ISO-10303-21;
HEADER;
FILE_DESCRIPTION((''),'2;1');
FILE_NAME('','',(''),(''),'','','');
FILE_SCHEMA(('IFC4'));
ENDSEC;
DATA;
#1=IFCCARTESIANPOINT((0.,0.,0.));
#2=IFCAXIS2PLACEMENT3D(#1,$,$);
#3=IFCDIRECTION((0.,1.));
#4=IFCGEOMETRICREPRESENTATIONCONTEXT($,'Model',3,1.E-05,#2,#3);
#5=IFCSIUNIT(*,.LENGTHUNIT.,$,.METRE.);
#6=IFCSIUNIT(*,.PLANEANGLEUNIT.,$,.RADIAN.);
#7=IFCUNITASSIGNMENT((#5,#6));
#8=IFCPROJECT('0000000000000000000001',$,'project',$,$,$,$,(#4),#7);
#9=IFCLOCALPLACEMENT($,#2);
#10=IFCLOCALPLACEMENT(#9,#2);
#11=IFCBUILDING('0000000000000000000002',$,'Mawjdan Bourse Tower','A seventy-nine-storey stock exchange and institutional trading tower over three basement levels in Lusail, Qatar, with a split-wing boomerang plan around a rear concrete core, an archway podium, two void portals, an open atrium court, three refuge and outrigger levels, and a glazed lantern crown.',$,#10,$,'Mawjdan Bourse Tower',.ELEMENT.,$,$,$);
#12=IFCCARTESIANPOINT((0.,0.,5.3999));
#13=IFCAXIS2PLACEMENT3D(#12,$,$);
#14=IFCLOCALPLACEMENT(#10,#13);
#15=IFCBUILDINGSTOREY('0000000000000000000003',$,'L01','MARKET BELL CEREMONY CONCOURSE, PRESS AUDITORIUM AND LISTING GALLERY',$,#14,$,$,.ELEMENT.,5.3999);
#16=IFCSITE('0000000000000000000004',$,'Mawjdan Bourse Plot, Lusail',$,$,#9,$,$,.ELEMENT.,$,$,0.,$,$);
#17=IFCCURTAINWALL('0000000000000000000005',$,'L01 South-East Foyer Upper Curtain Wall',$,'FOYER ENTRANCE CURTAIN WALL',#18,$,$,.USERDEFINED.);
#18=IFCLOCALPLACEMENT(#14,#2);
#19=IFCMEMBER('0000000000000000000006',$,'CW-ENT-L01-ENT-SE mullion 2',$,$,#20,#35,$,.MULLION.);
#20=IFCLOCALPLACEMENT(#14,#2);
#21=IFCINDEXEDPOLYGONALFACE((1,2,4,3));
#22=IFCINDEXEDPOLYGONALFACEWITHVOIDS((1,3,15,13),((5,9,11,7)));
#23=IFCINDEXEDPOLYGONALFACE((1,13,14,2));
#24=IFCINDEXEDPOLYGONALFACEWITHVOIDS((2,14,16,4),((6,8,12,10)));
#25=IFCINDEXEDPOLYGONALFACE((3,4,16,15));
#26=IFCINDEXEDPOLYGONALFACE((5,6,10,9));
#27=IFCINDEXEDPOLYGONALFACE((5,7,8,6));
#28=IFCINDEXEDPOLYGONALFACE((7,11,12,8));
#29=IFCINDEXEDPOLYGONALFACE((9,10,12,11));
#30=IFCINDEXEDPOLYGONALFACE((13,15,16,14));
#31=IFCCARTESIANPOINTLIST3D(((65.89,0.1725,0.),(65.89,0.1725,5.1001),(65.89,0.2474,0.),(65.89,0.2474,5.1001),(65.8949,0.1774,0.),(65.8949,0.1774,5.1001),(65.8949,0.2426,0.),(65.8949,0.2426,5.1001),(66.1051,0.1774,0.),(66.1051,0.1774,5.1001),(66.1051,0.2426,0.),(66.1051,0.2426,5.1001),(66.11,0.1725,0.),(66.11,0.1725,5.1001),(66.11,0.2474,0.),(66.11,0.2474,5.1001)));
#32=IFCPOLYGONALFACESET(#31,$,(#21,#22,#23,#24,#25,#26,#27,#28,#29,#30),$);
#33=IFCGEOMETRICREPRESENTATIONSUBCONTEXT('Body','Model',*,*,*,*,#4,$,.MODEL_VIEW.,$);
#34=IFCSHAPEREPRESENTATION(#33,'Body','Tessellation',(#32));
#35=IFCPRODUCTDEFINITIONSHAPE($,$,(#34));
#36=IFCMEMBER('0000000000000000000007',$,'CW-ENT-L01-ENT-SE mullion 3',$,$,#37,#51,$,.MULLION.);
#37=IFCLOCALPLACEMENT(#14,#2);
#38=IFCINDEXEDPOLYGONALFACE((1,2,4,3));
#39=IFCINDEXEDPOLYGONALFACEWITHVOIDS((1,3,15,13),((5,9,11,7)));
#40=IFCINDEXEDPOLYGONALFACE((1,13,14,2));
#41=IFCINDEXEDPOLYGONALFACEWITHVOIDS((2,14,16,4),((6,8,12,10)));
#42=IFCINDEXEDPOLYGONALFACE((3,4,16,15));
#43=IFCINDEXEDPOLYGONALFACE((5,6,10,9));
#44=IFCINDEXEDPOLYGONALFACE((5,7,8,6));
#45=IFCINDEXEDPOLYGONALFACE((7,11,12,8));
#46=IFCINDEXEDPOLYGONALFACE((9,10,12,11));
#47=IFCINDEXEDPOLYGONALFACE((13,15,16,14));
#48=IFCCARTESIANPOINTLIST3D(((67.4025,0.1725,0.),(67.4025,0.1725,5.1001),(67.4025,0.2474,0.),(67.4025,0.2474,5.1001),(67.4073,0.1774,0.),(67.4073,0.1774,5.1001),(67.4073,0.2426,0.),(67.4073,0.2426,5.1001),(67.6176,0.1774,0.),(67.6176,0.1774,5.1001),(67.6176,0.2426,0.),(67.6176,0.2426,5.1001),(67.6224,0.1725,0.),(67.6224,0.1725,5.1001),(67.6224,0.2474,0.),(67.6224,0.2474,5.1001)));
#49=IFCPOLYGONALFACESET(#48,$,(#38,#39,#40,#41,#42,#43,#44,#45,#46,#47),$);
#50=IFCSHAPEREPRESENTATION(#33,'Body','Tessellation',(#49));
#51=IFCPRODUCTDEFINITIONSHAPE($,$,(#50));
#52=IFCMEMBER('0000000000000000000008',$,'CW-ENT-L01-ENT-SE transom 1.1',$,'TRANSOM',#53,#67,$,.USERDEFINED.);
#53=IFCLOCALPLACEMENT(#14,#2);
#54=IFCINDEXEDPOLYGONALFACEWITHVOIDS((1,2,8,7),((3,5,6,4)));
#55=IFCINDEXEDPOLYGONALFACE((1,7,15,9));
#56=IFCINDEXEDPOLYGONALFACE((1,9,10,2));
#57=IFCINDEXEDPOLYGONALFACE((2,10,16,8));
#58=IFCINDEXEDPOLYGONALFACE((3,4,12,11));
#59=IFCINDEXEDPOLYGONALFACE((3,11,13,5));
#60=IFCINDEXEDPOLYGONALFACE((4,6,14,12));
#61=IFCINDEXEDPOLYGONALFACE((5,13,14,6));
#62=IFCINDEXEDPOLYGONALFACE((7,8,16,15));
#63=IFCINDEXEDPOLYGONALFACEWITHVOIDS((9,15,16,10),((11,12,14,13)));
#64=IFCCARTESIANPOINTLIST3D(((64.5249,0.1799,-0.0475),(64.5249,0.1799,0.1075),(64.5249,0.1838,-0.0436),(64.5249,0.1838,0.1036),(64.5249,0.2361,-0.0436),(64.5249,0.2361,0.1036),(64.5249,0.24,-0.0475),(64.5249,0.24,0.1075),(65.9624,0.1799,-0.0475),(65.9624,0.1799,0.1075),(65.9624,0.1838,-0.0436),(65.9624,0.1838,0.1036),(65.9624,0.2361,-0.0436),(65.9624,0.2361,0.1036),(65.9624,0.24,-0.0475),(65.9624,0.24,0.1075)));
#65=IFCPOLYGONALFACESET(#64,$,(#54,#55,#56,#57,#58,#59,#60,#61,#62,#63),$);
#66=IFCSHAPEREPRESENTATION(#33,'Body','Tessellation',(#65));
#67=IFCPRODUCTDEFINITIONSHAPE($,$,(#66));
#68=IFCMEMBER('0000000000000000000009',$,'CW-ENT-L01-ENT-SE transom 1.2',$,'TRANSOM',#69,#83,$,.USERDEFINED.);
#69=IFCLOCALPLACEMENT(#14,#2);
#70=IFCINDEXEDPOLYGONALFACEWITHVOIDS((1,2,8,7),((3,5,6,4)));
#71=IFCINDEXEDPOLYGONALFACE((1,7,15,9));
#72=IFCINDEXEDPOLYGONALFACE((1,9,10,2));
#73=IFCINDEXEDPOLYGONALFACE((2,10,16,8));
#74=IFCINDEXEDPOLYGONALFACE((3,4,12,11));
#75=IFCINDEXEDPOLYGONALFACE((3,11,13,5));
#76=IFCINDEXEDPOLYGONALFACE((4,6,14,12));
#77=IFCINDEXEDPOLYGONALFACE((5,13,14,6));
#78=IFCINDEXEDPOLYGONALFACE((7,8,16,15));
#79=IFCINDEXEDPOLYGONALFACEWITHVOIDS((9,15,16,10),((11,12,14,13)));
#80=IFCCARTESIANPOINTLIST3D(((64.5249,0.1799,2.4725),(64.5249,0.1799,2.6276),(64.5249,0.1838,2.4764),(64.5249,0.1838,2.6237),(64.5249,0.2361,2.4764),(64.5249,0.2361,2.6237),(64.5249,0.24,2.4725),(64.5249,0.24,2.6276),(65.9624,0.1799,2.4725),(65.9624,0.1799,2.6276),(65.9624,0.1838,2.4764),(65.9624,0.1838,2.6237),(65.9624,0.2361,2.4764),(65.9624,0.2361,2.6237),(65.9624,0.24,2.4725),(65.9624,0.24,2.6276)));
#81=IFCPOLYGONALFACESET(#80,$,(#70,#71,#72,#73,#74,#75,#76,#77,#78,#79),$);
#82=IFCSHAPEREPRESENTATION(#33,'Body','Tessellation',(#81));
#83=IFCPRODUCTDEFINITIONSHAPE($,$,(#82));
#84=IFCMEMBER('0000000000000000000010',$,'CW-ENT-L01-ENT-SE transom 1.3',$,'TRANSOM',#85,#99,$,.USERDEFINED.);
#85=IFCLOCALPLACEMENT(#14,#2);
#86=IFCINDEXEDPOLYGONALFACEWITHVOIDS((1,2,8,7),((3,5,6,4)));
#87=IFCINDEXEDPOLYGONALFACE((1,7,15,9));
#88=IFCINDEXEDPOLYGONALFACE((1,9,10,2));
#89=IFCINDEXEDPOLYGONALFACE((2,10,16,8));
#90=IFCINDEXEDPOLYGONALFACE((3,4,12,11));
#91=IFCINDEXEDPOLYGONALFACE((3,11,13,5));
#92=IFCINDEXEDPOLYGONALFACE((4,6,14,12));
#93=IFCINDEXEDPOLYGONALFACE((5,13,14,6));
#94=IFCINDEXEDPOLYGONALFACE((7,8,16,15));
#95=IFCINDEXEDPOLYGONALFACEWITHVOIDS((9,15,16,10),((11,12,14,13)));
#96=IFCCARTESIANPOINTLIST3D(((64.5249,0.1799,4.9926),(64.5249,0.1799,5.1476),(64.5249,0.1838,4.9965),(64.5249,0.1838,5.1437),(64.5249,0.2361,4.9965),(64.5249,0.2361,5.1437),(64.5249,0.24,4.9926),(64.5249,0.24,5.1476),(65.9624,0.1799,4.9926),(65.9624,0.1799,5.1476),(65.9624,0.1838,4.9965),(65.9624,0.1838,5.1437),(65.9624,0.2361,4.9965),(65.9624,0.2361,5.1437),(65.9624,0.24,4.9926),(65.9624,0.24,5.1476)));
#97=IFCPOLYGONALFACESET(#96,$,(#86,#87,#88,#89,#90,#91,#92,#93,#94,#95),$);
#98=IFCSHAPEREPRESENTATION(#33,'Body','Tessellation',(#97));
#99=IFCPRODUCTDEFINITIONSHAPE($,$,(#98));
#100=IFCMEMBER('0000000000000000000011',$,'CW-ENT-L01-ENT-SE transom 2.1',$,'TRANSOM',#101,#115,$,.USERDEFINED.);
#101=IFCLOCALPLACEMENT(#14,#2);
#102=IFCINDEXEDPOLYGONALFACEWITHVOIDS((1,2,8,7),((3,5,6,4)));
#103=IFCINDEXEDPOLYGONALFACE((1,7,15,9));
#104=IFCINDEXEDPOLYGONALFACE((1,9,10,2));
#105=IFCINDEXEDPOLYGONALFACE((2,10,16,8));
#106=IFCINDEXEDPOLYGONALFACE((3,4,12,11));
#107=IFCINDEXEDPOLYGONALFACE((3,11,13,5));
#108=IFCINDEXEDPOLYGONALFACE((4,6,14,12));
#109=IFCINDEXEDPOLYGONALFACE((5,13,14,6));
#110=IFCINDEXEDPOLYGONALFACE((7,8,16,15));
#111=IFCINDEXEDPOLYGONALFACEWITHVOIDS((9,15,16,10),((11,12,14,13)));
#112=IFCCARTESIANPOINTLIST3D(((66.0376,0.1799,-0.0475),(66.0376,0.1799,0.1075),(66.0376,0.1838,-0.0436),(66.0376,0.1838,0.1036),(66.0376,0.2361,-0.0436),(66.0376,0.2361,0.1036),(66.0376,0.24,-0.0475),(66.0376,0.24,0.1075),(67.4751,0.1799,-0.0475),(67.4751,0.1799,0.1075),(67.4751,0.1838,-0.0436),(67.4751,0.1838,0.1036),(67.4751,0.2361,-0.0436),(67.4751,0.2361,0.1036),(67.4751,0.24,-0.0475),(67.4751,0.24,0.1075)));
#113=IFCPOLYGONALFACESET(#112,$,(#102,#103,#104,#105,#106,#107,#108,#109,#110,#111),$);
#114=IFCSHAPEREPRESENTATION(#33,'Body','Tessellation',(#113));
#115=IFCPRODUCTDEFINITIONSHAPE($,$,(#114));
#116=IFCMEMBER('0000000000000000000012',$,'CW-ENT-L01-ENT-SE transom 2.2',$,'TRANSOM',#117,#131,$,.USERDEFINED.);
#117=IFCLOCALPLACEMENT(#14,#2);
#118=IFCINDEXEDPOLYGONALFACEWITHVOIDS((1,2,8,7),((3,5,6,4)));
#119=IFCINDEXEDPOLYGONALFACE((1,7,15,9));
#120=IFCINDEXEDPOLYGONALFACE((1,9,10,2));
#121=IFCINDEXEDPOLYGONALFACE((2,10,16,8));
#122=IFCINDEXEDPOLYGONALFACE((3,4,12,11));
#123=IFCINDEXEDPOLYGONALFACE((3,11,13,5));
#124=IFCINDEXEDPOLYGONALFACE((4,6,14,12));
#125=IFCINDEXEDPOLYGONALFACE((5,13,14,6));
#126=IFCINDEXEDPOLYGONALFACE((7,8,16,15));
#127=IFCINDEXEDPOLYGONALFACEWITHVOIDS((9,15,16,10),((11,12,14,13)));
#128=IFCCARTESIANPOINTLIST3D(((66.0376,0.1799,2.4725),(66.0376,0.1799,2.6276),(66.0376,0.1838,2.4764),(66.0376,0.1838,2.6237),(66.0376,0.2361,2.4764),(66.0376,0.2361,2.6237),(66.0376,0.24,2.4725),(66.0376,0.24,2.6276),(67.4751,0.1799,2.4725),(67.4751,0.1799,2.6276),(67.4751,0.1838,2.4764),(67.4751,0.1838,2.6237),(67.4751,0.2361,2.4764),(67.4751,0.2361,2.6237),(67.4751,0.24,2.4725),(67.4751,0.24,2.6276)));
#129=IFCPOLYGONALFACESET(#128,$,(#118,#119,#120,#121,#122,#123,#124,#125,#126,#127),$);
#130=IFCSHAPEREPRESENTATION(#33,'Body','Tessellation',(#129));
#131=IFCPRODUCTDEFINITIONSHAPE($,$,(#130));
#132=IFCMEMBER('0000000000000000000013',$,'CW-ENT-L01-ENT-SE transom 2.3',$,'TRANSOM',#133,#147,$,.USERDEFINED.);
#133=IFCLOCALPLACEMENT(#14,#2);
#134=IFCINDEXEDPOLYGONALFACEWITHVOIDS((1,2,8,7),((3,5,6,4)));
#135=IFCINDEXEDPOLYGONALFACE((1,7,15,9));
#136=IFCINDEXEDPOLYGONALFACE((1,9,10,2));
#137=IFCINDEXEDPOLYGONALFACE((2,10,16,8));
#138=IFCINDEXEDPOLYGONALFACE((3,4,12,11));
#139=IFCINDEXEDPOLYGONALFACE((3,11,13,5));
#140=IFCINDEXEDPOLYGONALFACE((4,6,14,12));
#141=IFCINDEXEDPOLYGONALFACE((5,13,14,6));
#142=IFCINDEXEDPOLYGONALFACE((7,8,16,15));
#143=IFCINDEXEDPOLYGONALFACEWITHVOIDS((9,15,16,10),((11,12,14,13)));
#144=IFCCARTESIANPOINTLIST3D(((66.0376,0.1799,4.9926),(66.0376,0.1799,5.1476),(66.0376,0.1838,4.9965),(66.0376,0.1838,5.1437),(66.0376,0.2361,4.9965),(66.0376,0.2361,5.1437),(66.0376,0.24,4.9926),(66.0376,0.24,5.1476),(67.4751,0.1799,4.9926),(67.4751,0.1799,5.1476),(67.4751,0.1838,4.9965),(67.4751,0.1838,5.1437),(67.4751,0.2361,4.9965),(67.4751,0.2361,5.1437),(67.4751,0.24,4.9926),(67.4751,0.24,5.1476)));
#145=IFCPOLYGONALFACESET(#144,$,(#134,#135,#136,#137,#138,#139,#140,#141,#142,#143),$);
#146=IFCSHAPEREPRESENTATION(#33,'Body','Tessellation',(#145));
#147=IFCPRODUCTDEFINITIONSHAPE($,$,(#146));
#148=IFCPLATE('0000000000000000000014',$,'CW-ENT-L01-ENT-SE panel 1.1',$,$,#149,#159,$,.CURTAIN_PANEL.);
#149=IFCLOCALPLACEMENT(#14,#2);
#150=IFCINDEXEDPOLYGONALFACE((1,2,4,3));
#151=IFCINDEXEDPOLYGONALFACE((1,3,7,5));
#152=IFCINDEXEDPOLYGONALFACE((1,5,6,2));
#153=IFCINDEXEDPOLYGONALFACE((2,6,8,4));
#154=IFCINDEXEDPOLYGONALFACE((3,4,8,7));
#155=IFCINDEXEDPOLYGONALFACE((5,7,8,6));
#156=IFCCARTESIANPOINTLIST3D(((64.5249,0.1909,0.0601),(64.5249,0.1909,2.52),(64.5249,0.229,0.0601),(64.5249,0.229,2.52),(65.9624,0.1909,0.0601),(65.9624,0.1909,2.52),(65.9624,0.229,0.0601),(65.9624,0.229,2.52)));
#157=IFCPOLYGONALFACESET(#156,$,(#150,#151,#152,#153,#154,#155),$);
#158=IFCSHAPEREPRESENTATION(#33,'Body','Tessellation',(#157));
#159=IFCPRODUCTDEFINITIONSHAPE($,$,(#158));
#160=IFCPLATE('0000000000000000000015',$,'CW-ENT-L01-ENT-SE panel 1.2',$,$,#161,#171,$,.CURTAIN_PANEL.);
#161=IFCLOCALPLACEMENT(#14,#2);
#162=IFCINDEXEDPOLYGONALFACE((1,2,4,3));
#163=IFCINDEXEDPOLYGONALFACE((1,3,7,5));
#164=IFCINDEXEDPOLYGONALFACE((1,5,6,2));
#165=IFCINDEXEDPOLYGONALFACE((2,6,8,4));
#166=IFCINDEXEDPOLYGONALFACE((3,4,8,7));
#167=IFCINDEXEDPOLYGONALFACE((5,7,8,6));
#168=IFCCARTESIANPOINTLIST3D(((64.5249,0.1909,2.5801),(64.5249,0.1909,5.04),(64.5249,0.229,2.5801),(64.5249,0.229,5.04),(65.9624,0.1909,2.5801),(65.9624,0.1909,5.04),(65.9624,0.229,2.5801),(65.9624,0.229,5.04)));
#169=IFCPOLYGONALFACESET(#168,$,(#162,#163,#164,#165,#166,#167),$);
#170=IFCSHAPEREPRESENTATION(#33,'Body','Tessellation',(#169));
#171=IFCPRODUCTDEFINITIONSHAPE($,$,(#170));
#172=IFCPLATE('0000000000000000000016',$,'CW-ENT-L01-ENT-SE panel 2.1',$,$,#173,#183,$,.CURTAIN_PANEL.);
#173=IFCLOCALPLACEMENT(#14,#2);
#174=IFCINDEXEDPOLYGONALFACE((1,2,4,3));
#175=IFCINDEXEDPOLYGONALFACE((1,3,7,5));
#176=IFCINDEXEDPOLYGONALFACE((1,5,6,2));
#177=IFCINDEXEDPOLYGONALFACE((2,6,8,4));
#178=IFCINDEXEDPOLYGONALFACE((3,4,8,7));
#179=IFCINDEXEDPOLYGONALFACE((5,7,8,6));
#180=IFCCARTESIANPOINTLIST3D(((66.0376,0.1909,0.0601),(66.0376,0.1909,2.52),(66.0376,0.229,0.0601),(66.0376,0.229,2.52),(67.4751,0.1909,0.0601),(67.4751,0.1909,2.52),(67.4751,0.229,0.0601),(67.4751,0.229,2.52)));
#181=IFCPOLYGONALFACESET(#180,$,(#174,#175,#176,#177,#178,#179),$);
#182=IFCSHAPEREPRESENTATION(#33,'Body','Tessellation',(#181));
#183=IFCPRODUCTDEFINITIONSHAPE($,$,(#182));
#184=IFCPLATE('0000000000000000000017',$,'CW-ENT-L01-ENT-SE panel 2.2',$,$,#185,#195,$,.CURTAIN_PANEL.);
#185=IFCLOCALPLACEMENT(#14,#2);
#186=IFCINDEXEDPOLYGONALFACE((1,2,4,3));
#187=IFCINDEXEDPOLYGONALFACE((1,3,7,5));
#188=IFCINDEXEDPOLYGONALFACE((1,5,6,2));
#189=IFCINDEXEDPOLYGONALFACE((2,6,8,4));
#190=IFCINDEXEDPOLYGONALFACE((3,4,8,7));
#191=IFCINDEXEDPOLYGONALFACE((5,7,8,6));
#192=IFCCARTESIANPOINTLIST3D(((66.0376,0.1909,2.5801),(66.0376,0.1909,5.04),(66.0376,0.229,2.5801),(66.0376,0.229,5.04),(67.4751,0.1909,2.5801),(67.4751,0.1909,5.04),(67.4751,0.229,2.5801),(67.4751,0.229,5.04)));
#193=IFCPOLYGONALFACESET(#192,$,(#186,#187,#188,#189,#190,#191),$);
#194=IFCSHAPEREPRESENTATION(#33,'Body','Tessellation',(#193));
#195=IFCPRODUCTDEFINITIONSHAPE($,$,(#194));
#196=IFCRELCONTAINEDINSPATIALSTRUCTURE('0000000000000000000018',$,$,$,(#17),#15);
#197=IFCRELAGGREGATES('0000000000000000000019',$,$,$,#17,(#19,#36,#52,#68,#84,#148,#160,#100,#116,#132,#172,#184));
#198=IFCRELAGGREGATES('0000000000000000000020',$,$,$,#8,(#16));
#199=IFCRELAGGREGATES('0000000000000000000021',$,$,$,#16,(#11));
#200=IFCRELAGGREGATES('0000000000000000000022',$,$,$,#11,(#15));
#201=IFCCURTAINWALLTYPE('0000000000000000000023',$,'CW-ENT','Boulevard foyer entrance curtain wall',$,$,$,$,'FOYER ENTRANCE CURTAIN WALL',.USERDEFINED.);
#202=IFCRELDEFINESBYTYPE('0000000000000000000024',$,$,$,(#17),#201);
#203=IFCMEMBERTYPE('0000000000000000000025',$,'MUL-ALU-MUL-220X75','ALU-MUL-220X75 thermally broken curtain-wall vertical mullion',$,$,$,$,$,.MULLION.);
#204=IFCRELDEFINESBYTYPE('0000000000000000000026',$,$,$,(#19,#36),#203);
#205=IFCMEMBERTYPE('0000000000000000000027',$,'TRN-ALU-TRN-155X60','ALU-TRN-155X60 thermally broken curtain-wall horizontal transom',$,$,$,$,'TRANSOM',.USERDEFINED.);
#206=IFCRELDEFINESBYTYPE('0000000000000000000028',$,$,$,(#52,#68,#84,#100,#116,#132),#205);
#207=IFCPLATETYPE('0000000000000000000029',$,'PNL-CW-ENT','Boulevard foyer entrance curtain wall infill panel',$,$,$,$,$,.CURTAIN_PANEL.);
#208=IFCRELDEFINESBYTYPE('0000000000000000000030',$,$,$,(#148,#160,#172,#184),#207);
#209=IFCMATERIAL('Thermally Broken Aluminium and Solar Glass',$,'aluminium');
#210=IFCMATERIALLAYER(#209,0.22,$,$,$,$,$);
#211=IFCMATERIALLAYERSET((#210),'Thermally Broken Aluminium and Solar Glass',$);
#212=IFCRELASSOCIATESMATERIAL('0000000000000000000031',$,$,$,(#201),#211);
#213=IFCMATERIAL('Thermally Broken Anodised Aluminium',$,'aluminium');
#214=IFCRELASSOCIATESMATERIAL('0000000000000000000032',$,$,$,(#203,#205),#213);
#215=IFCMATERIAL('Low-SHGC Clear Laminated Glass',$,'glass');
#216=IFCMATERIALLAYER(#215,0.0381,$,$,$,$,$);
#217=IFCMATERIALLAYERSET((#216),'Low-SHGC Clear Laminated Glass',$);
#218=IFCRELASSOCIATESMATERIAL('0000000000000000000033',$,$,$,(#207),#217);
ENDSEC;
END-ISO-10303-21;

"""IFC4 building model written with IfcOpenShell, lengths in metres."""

from ifc_helpers import new_model, si_unit, direction, frame, origin, origin_2d, place, context, subcontext, project, spatial, rectangle, hollow_rectangle, extrude, material, layer, layer_set, material_profile, profile_set, type_object, element, aggregate, save


model = new_model("IFC4")

# Units and contexts
model_context = context("Model", 3, precision=1e-05, world=origin(), true_north=direction((0.0, 1.0)))
body_context = subcontext(model_context, "Body", "Model", "MODEL_VIEW")
ifc_project = project(units=[si_unit("LENGTHUNIT", "METRE"), si_unit("PLANEANGLEUNIT", "RADIAN")], contexts=[model_context])

# Site, building, storey
site_placement = place(None, origin())
site = spatial("IfcSite", under=ifc_project, at=site_placement, Name="Mawjdan Bourse Plot, Lusail", CompositionType="ELEMENT", RefElevation=0.0)
building_placement = place(site_placement, origin())
building = spatial("IfcBuilding", under=site, at=building_placement, Name="Mawjdan Bourse Tower", Description="A seventy-nine-storey stock exchange and institutional trading tower over three basement levels in Lusail, Qatar, with a split-wing boomerang plan around a rear concrete core, an archway podium, two void portals, an open atrium court, three refuge and outrigger levels, and a glazed lantern crown.", LongName="Mawjdan Bourse Tower", CompositionType="ELEMENT")
storey_placement = place(building_placement, frame((0.0, 0.0, 5.3999)))
storey = spatial("IfcBuildingStorey", under=building, at=storey_placement, Name="L01", Description="MARKET BELL CEREMONY CONCOURSE, PRESS AUDITORIUM AND LISTING GALLERY", CompositionType="ELEMENT", Elevation=5.3999)

# Curtain wall, members, plates
ifc_material_1 = material(Name="Thermally Broken Aluminium and Solar Glass", Category="aluminium")
ifc_layer_1 = layer(ifc_material_1, 0.22)
ifc_layer_set_1 = layer_set([ifc_layer_1], Name="Thermally Broken Aluminium and Solar Glass")
curtain_wall_type = type_object("IfcCurtainWallType", Name="CW-ENT", Description="Boulevard foyer entrance curtain wall", ElementType="FOYER ENTRANCE CURTAIN WALL", PredefinedType="USERDEFINED", material=ifc_layer_set_1)
curtain_wall_placement = place(storey_placement, origin())
curtain_wall = element("IfcCurtainWall", 1, at=curtain_wall_placement, inside=storey, type_object=curtain_wall_type, Name="L01 South-East Foyer Upper Curtain Wall", ObjectType="FOYER ENTRANCE CURTAIN WALL", PredefinedType="USERDEFINED")
ifc_material_2 = material(Name="Thermally Broken Anodised Aluminium", Category="aluminium")
ifc_material_profile_1 = material_profile(ifc_material_2, hollow_rectangle(XDim=0.075, YDim=0.22, WallThickness=0.0049, at=origin_2d()), Name="ALU-MUL-220X75")
ifc_profile_set_1 = profile_set([ifc_material_profile_1], Name="Thermally Broken Anodised Aluminium")
member_type_1 = type_object("IfcMemberType", Name="MUL-ALU-MUL-220X75", Description="ALU-MUL-220X75 thermally broken curtain-wall vertical mullion", PredefinedType="MULLION", material=ifc_profile_set_1)
member_1_placement = place(storey_placement, frame((66.0, 0.21, 0.0), z_axis=(0.0, 0.0, 1.0), x_axis=(0.0, 1.0, 0.0)))
member_1 = element("IfcMember", 2, at=member_1_placement, type_object=member_type_1, Name="CW-ENT-L01-ENT-SE mullion 2", PredefinedType="MULLION", context=body_context, shape_type="SweptSolid", body=[
    extrude(hollow_rectangle(XDim=0.075, YDim=0.22, WallThickness=0.0049, at=origin_2d()), origin(), (0.0, 0.0, 1.0), 5.1001),
])
member_2_placement = place(storey_placement, frame((67.5125, 0.21, 0.0), z_axis=(0.0, 0.0, 1.0), x_axis=(0.0, 1.0, 0.0)))
member_2 = element("IfcMember", 3, at=member_2_placement, type_object=member_type_1, Name="CW-ENT-L01-ENT-SE mullion 3", PredefinedType="MULLION", context=body_context, shape_type="SweptSolid", body=[
    extrude(hollow_rectangle(XDim=0.075, YDim=0.22, WallThickness=0.0049, at=origin_2d()), origin(), (0.0, 0.0, 1.0), 5.1001),
])
ifc_material_profile_2 = material_profile(ifc_material_2, hollow_rectangle(XDim=0.0601, YDim=0.155, WallThickness=0.0039, at=origin_2d()), Name="ALU-TRN-155X60")
ifc_profile_set_2 = profile_set([ifc_material_profile_2], Name="Thermally Broken Anodised Aluminium")
member_type_2 = type_object("IfcMemberType", Name="TRN-ALU-TRN-155X60", Description="ALU-TRN-155X60 thermally broken curtain-wall horizontal transom", ElementType="TRANSOM", PredefinedType="USERDEFINED", material=ifc_profile_set_2)
member_3_placement = place(storey_placement, frame((64.5249, 0.21, 0.03), z_axis=(1.0, 0.0, 0.0), x_axis=(0.0, 1.0, 0.0)))
member_3 = element("IfcMember", 4, at=member_3_placement, type_object=member_type_2, Name="CW-ENT-L01-ENT-SE transom 1.1", ObjectType="TRANSOM", PredefinedType="USERDEFINED", context=body_context, shape_type="SweptSolid", body=[
    extrude(hollow_rectangle(XDim=0.0601, YDim=0.155, WallThickness=0.0039, at=origin_2d()), origin(), (0.0, 0.0, 1.0), 1.4375),
])
member_4_placement = place(storey_placement, frame((64.5249, 0.21, 2.55), z_axis=(1.0, 0.0, 0.0), x_axis=(0.0, 1.0, 0.0)))
member_4 = element("IfcMember", 5, at=member_4_placement, type_object=member_type_2, Name="CW-ENT-L01-ENT-SE transom 1.2", ObjectType="TRANSOM", PredefinedType="USERDEFINED", context=body_context, shape_type="SweptSolid", body=[
    extrude(hollow_rectangle(XDim=0.0601, YDim=0.155, WallThickness=0.0039, at=origin_2d()), origin(), (0.0, 0.0, 1.0), 1.4375),
])
member_5_placement = place(storey_placement, frame((64.5249, 0.21, 5.0701), z_axis=(1.0, 0.0, 0.0), x_axis=(0.0, 1.0, 0.0)))
member_5 = element("IfcMember", 6, at=member_5_placement, type_object=member_type_2, Name="CW-ENT-L01-ENT-SE transom 1.3", ObjectType="TRANSOM", PredefinedType="USERDEFINED", context=body_context, shape_type="SweptSolid", body=[
    extrude(hollow_rectangle(XDim=0.0601, YDim=0.155, WallThickness=0.0039, at=origin_2d()), origin(), (0.0, 0.0, 1.0), 1.4375),
])
member_6_placement = place(storey_placement, frame((66.0376, 0.21, 0.03), z_axis=(1.0, 0.0, 0.0), x_axis=(0.0, 1.0, 0.0)))
member_6 = element("IfcMember", 7, at=member_6_placement, type_object=member_type_2, Name="CW-ENT-L01-ENT-SE transom 2.1", ObjectType="TRANSOM", PredefinedType="USERDEFINED", context=body_context, shape_type="SweptSolid", body=[
    extrude(hollow_rectangle(XDim=0.0601, YDim=0.155, WallThickness=0.0039, at=origin_2d()), origin(), (0.0, 0.0, 1.0), 1.4375),
])
member_7_placement = place(storey_placement, frame((66.0376, 0.21, 2.55), z_axis=(1.0, 0.0, 0.0), x_axis=(0.0, 1.0, 0.0)))
member_7 = element("IfcMember", 8, at=member_7_placement, type_object=member_type_2, Name="CW-ENT-L01-ENT-SE transom 2.2", ObjectType="TRANSOM", PredefinedType="USERDEFINED", context=body_context, shape_type="SweptSolid", body=[
    extrude(hollow_rectangle(XDim=0.0601, YDim=0.155, WallThickness=0.0039, at=origin_2d()), origin(), (0.0, 0.0, 1.0), 1.4375),
])
member_8_placement = place(storey_placement, frame((66.0376, 0.21, 5.0701), z_axis=(1.0, 0.0, 0.0), x_axis=(0.0, 1.0, 0.0)))
member_8 = element("IfcMember", 9, at=member_8_placement, type_object=member_type_2, Name="CW-ENT-L01-ENT-SE transom 2.3", ObjectType="TRANSOM", PredefinedType="USERDEFINED", context=body_context, shape_type="SweptSolid", body=[
    extrude(hollow_rectangle(XDim=0.0601, YDim=0.155, WallThickness=0.0039, at=origin_2d()), origin(), (0.0, 0.0, 1.0), 1.4375),
])
ifc_material_3 = material(Name="Low-SHGC Clear Laminated Glass", Category="glass")
ifc_layer_2 = layer(ifc_material_3, 0.0381)
ifc_layer_set_2 = layer_set([ifc_layer_2], Name="Low-SHGC Clear Laminated Glass")
plate_type = type_object("IfcPlateType", Name="PNL-CW-ENT", Description="Boulevard foyer entrance curtain wall infill panel", PredefinedType="CURTAIN_PANEL", material=ifc_layer_set_2)
plate_1_placement = place(storey_placement, frame((65.2437, 0.21, 0.0601), z_axis=(0.0, 0.0, 1.0), x_axis=(1.0, 0.0, 0.0)))
plate_1 = element("IfcPlate", 10, at=plate_1_placement, type_object=plate_type, Name="CW-ENT-L01-ENT-SE panel 1.1", PredefinedType="CURTAIN_PANEL", context=body_context, shape_type="SweptSolid", body=[
    extrude(rectangle(XDim=1.4375, YDim=0.0381, at=origin_2d()), origin(), (0.0, 0.0, 1.0), 2.46),
])
plate_2_placement = place(storey_placement, frame((65.2437, 0.21, 2.5801), z_axis=(0.0, 0.0, 1.0), x_axis=(1.0, 0.0, 0.0)))
plate_2 = element("IfcPlate", 11, at=plate_2_placement, type_object=plate_type, Name="CW-ENT-L01-ENT-SE panel 1.2", PredefinedType="CURTAIN_PANEL", context=body_context, shape_type="SweptSolid", body=[
    extrude(rectangle(XDim=1.4375, YDim=0.0381, at=origin_2d()), origin(), (0.0, 0.0, 1.0), 2.46),
])
plate_3_placement = place(storey_placement, frame((66.7563, 0.21, 0.0601), z_axis=(0.0, 0.0, 1.0), x_axis=(1.0, 0.0, 0.0)))
plate_3 = element("IfcPlate", 12, at=plate_3_placement, type_object=plate_type, Name="CW-ENT-L01-ENT-SE panel 2.1", PredefinedType="CURTAIN_PANEL", context=body_context, shape_type="SweptSolid", body=[
    extrude(rectangle(XDim=1.4375, YDim=0.0381, at=origin_2d()), origin(), (0.0, 0.0, 1.0), 2.46),
])
plate_4_placement = place(storey_placement, frame((66.7563, 0.21, 2.5801), z_axis=(0.0, 0.0, 1.0), x_axis=(1.0, 0.0, 0.0)))
plate_4 = element("IfcPlate", 13, at=plate_4_placement, type_object=plate_type, Name="CW-ENT-L01-ENT-SE panel 2.2", PredefinedType="CURTAIN_PANEL", context=body_context, shape_type="SweptSolid", body=[
    extrude(rectangle(XDim=1.4375, YDim=0.0381, at=origin_2d()), origin(), (0.0, 0.0, 1.0), 2.46),
])
aggregate(curtain_wall, [member_1, member_2, member_3, member_4, member_5, plate_1, plate_2, member_6, member_7, member_8, plate_3, plate_4])

save(model, "model.ifc")
